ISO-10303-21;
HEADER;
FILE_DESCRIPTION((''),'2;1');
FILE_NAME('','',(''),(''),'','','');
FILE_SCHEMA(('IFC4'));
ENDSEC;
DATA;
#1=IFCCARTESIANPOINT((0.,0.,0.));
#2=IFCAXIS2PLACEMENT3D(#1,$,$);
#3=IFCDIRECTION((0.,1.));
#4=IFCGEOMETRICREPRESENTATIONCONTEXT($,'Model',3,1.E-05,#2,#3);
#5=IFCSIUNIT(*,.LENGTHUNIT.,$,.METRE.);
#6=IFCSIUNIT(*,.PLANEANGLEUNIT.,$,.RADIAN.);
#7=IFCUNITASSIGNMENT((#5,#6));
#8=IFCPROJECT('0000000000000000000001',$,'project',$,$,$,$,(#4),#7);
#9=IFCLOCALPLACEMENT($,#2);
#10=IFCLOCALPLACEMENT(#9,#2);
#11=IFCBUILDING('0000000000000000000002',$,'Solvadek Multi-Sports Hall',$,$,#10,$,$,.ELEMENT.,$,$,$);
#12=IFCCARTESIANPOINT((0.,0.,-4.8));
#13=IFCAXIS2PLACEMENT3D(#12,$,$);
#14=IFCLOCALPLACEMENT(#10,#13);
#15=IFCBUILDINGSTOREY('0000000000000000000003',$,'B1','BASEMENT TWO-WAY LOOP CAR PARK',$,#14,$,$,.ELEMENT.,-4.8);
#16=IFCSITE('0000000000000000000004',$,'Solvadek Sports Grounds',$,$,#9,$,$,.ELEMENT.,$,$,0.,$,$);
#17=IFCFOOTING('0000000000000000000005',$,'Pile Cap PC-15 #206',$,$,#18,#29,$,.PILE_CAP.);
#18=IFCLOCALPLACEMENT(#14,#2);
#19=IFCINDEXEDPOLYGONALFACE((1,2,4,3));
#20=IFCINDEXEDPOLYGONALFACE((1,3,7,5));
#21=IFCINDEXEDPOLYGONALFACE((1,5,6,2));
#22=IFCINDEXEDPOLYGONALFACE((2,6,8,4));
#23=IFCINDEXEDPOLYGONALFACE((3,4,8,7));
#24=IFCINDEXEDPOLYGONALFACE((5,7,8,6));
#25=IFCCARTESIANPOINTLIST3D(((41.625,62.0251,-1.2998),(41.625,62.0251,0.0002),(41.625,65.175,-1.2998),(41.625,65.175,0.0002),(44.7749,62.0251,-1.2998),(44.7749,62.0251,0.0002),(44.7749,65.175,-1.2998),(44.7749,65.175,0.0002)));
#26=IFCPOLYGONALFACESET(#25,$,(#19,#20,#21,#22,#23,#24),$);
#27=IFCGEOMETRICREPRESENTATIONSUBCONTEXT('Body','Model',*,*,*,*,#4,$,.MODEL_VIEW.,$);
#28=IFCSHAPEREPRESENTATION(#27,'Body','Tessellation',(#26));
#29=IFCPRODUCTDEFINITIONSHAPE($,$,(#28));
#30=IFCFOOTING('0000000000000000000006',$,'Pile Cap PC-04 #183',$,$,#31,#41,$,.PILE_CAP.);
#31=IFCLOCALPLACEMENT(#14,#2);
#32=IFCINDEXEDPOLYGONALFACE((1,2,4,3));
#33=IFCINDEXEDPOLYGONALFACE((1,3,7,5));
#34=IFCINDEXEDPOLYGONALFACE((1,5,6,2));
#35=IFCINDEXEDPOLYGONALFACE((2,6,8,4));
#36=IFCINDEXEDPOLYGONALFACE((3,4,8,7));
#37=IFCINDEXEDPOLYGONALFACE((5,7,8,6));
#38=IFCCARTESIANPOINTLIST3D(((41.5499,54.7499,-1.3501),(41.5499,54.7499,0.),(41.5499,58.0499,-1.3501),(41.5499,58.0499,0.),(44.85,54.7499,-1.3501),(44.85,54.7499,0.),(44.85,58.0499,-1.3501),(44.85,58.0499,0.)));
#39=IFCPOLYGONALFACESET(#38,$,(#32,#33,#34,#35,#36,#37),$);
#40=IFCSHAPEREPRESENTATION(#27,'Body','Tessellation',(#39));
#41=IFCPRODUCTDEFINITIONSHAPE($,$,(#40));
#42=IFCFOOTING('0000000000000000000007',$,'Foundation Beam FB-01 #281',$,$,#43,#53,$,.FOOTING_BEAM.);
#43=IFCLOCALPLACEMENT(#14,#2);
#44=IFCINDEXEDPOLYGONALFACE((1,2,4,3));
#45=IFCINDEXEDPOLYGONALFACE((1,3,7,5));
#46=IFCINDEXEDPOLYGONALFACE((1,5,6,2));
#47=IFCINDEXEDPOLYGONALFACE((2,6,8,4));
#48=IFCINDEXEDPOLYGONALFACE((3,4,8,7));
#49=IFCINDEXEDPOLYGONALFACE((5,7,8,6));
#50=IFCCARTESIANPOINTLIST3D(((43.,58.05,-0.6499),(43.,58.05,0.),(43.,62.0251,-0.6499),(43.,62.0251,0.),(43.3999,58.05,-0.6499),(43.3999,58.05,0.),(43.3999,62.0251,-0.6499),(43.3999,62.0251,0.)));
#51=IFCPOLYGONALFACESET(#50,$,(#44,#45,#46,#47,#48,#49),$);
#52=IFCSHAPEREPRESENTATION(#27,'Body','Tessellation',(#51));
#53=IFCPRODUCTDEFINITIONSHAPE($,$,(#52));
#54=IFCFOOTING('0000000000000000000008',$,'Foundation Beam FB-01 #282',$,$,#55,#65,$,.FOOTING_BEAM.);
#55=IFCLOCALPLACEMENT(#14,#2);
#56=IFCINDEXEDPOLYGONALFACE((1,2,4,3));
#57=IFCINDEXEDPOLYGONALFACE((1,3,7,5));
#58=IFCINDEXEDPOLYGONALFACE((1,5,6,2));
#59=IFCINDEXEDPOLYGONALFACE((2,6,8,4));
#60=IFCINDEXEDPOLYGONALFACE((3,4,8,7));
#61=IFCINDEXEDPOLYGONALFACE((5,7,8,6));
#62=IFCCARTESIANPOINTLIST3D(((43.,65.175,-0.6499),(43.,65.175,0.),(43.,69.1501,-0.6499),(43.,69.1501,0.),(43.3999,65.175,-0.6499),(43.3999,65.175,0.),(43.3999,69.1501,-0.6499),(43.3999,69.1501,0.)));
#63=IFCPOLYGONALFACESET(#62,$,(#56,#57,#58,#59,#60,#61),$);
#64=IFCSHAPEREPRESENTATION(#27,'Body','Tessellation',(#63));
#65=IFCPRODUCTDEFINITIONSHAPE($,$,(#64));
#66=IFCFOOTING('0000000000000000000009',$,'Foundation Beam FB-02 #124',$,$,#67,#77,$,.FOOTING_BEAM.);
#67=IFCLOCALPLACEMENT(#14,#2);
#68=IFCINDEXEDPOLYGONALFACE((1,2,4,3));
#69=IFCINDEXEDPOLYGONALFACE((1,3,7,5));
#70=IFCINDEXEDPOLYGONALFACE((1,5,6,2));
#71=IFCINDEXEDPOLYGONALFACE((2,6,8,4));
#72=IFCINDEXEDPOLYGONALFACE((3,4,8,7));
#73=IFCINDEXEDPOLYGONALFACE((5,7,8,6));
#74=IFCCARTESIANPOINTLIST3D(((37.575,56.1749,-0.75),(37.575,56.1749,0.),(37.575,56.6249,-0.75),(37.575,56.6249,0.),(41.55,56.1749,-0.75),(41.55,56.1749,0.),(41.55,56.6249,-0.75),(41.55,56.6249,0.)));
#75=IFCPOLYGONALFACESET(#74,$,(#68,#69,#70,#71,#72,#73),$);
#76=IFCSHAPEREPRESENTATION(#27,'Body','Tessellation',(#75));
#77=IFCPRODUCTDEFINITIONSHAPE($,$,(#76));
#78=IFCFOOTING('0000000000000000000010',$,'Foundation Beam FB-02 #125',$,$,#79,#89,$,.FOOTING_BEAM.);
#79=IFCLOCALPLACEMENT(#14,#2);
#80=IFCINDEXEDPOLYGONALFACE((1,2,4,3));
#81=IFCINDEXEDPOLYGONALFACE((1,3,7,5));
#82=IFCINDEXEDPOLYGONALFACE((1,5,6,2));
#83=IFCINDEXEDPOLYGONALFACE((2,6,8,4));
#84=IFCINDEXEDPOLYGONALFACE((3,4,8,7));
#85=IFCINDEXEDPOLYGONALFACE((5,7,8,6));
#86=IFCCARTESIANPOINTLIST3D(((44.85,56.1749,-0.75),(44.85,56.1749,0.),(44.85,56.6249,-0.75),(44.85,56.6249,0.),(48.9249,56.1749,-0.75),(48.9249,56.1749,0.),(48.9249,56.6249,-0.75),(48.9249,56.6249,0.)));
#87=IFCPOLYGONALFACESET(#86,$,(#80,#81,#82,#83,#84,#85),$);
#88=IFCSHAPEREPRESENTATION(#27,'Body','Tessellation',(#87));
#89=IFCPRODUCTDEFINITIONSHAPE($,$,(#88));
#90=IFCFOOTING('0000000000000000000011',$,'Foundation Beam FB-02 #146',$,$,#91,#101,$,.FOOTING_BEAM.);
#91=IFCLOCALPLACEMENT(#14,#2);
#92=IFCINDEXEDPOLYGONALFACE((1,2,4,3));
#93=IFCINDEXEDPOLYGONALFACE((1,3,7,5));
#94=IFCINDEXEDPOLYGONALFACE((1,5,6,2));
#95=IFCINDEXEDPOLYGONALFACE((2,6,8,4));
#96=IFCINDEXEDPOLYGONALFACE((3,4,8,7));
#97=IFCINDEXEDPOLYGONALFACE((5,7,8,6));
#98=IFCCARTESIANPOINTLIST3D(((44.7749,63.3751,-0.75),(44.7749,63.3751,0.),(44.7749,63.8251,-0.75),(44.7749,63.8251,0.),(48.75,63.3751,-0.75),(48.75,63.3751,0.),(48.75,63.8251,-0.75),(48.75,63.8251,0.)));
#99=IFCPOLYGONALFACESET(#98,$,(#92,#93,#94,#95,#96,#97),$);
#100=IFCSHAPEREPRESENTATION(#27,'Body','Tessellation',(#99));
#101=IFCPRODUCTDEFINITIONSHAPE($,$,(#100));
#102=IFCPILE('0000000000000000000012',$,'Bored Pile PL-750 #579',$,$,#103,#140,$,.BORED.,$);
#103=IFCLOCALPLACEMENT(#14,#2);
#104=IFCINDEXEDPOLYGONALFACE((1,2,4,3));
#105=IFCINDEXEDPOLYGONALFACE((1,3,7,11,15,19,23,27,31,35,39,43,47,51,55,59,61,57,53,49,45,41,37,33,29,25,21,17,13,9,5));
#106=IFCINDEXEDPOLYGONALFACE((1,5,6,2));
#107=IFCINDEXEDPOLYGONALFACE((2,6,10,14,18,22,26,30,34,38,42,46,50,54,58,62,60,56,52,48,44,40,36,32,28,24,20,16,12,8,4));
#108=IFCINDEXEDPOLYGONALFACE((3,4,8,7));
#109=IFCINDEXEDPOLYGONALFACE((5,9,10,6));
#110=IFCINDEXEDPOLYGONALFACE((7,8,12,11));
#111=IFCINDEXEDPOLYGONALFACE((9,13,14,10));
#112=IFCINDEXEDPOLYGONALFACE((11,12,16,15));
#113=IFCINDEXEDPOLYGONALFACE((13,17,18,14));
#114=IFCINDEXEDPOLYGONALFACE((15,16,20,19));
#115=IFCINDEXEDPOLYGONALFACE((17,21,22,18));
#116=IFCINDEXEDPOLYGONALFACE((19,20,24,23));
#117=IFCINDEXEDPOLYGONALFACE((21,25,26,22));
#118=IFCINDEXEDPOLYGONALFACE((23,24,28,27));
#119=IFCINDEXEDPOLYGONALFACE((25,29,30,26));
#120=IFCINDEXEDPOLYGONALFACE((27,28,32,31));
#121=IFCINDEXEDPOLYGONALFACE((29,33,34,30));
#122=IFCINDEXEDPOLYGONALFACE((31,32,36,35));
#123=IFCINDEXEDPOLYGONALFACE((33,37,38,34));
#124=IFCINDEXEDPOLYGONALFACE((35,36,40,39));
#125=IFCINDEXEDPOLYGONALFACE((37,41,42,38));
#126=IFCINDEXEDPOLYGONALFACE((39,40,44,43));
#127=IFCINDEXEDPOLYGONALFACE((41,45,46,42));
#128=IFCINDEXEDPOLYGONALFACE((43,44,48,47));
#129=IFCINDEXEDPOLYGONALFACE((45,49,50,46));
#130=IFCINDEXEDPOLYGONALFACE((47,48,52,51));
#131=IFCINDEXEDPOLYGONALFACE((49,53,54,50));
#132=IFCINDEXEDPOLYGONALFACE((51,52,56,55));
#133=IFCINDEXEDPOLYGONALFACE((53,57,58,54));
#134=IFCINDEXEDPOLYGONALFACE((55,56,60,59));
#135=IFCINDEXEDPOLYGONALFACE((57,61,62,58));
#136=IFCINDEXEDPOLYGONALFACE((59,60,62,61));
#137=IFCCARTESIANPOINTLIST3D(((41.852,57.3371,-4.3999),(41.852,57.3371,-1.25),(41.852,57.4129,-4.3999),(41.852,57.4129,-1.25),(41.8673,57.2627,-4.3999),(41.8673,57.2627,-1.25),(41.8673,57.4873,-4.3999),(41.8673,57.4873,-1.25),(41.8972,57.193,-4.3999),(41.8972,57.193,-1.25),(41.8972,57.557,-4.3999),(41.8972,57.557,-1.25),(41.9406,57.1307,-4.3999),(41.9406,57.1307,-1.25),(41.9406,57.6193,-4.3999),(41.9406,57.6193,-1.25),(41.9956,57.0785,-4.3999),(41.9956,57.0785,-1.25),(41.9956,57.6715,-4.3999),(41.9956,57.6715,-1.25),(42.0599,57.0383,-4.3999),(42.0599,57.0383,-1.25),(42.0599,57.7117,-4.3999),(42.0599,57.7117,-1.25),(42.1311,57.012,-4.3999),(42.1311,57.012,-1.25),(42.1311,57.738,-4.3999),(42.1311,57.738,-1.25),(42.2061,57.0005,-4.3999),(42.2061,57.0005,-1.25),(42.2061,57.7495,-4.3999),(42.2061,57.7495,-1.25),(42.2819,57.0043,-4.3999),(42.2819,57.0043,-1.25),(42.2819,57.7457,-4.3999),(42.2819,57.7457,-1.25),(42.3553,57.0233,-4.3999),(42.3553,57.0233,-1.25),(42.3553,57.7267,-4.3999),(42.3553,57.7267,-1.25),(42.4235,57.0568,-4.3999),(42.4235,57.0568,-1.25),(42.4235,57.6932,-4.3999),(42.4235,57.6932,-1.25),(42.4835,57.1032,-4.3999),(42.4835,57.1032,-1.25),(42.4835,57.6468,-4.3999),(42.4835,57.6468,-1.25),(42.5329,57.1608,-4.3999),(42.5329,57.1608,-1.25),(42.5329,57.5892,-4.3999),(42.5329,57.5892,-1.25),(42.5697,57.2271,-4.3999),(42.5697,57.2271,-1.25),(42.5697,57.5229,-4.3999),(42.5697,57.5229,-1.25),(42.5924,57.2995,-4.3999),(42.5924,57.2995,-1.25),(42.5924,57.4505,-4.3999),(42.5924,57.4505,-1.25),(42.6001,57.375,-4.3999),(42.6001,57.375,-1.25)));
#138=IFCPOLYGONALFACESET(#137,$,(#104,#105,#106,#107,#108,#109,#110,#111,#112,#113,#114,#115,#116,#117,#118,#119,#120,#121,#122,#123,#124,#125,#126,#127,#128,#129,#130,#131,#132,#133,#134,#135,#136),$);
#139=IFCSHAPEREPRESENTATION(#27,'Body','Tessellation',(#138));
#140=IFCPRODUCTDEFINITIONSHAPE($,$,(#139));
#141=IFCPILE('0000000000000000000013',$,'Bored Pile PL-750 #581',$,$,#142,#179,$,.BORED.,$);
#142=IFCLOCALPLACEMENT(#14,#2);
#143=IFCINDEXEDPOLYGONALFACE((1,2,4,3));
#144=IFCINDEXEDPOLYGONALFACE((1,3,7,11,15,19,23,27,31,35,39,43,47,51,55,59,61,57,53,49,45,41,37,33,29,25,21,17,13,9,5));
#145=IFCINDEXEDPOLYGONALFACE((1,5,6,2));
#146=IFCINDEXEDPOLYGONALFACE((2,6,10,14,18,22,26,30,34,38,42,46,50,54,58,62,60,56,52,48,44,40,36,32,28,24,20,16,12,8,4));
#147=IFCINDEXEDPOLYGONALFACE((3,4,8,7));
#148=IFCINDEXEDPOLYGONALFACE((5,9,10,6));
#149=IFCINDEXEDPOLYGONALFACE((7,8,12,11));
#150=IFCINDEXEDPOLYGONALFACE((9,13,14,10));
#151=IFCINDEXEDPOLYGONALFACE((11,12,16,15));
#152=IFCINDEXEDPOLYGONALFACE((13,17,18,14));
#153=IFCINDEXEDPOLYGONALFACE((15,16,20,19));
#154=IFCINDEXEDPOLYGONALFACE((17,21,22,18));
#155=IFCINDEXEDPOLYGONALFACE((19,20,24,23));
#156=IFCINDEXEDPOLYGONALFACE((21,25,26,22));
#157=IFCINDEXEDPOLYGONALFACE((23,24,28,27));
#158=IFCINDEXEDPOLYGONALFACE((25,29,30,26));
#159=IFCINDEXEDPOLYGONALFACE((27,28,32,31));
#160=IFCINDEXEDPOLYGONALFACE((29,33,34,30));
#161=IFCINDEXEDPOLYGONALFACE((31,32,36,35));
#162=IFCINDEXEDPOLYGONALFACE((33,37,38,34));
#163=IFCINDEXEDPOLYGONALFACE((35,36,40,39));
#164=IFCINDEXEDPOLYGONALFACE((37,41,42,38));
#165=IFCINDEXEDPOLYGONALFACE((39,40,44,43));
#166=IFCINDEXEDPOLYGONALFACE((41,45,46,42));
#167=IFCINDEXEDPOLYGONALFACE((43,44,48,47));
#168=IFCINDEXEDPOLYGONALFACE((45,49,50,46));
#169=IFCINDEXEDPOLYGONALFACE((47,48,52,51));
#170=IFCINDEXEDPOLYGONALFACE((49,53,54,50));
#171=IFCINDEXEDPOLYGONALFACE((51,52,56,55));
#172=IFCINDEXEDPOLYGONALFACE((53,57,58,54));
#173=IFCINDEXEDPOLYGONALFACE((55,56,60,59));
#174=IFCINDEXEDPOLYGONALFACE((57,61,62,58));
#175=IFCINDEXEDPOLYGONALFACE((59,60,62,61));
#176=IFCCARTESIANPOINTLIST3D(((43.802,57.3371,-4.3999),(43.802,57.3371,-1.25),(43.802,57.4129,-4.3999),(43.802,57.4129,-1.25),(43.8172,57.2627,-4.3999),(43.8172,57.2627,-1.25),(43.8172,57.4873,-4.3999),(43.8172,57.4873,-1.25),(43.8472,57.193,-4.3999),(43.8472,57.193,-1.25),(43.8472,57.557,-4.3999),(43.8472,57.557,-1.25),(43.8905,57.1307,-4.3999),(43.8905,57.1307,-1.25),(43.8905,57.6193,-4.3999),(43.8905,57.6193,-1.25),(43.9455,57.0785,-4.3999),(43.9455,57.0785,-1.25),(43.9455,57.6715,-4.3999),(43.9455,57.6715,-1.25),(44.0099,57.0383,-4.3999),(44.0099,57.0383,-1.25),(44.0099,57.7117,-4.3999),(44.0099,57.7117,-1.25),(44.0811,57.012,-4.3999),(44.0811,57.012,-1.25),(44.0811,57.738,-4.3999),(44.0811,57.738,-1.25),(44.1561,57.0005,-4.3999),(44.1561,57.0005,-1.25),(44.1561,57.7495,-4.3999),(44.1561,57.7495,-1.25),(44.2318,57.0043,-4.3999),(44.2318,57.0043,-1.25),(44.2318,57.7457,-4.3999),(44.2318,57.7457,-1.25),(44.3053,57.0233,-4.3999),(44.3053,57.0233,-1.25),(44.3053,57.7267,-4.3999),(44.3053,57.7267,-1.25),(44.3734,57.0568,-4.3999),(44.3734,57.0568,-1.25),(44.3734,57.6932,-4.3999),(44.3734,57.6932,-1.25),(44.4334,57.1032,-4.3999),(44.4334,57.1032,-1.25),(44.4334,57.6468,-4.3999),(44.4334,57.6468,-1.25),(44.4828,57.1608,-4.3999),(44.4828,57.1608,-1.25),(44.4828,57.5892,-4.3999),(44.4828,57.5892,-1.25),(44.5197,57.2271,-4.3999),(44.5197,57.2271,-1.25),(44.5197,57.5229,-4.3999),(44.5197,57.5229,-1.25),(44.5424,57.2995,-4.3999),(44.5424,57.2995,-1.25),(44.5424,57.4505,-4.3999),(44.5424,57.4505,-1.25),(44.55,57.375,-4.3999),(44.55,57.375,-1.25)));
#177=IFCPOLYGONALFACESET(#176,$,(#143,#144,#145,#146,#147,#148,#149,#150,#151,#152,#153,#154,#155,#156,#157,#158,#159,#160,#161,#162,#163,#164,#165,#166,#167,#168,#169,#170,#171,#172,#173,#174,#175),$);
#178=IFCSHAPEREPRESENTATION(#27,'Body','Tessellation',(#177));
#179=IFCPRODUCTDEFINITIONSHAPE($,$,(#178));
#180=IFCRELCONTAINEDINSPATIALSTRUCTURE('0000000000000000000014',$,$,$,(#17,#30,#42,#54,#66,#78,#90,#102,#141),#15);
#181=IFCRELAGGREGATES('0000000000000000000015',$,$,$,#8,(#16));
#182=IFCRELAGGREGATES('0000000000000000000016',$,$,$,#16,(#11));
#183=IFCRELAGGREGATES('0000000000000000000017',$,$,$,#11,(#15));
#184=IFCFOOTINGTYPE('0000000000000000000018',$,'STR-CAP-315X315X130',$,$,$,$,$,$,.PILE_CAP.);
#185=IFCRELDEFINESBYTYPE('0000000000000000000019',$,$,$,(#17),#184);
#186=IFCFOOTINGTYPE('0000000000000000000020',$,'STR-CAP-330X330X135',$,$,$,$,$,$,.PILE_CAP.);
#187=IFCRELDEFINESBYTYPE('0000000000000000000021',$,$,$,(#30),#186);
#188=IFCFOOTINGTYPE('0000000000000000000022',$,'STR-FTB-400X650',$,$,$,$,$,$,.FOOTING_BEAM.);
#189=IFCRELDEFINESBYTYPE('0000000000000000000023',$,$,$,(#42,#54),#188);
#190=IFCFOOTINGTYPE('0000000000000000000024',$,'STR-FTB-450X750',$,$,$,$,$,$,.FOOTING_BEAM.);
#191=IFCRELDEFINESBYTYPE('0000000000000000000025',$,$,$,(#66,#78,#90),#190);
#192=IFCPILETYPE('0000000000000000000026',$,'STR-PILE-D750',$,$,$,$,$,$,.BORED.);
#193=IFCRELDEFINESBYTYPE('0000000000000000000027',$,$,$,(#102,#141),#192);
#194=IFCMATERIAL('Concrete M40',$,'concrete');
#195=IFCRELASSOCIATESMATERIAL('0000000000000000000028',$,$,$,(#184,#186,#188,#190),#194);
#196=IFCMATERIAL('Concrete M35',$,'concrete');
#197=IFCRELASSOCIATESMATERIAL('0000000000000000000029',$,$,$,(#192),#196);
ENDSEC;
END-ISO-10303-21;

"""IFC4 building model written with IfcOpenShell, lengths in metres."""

from ifc_helpers import new_model, si_unit, direction, frame, origin, origin_2d, place, context, subcontext, project, spatial, rectangle, circle, extrude, material, material_profile, profile_set, type_object, element, save


model = new_model("IFC4")

# Units and contexts
model_context = context("Model", 3, precision=1e-05, world=origin(), true_north=direction((0.0, 1.0)))
body_context = subcontext(model_context, "Body", "Model", "MODEL_VIEW")
ifc_project = project(units=[si_unit("LENGTHUNIT", "METRE"), si_unit("PLANEANGLEUNIT", "RADIAN")], contexts=[model_context])

# Site, building, storey
site_placement = place(None, origin())
site = spatial("IfcSite", under=ifc_project, at=site_placement, Name="Solvadek Sports Grounds", CompositionType="ELEMENT", RefElevation=0.0)
building_placement = place(site_placement, origin())
building = spatial("IfcBuilding", under=site, at=building_placement, Name="Solvadek Multi-Sports Hall", CompositionType="ELEMENT")
storey_placement = place(building_placement, frame((0.0, 0.0, -4.8)))
storey = spatial("IfcBuildingStorey", under=building, at=storey_placement, Name="B1", Description="BASEMENT TWO-WAY LOOP CAR PARK", CompositionType="ELEMENT", Elevation=-4.8)

# Footings
ifc_material_1 = material(Name="Concrete M40", Category="concrete")
footing_type_1 = type_object("IfcFootingType", Name="STR-CAP-315X315X130", PredefinedType="PILE_CAP", material=ifc_material_1)
footing_1_placement = place(storey_placement, frame((43.2, 63.6001, -1.2998), z_axis=(0.0, 0.0, 1.0), x_axis=(1.0, 0.0, 0.0)))
element("IfcFooting", 1, at=footing_1_placement, inside=storey, type_object=footing_type_1, Name="Pile Cap PC-15 #206", PredefinedType="PILE_CAP", context=body_context, shape_type="SweptSolid", body=[
    extrude(rectangle(XDim=3.1499, YDim=3.1499, at=origin_2d()), origin(), (0.0, 0.0, 1.0), 1.3),
])
footing_type_2 = type_object("IfcFootingType", Name="STR-CAP-330X330X135", PredefinedType="PILE_CAP", material=ifc_material_1)
footing_2_placement = place(storey_placement, frame((43.2, 56.3999, -1.3501), z_axis=(0.0, 0.0, 1.0), x_axis=(1.0, 0.0, 0.0)))
element("IfcFooting", 2, at=footing_2_placement, inside=storey, type_object=footing_type_2, Name="Pile Cap PC-04 #183", PredefinedType="PILE_CAP", context=body_context, shape_type="SweptSolid", body=[
    extrude(rectangle(XDim=3.3, YDim=3.3, at=origin_2d()), origin(), (0.0, 0.0, 1.0), 1.3501),
])
footing_type_3 = type_object("IfcFootingType", Name="STR-FTB-400X650", PredefinedType="FOOTING_BEAM", material=ifc_material_1)
for number, where, z_axis, x_axis, name in (
    (3, (43.2, 60.0376, -0.6499), (0.0, 0.0, 1.0), (0.0, 1.0, 0.0), "Foundation Beam FB-01 #281"),
    (4, (43.2, 67.1626, -0.6499), (0.0, 0.0, 1.0), (0.0, 1.0, 0.0), "Foundation Beam FB-01 #282"),
):
    element("IfcFooting", number, at=place(storey_placement, frame(where, z_axis=z_axis, x_axis=x_axis)), inside=storey, type_object=footing_type_3, Name=name, PredefinedType="FOOTING_BEAM", context=body_context, shape_type="SweptSolid", body=[
        extrude(rectangle(XDim=3.9751, YDim=0.3999, at=origin_2d()), origin(), (0.0, 0.0, 1.0), 0.6499),
    ])
footing_type_4 = type_object("IfcFootingType", Name="STR-FTB-450X750", PredefinedType="FOOTING_BEAM", material=ifc_material_1)
footing_3_placement = place(storey_placement, frame((39.5625, 56.3999, -0.75), z_axis=(0.0, 0.0, 1.0), x_axis=(1.0, 0.0, 0.0)))
element("IfcFooting", 5, at=footing_3_placement, inside=storey, type_object=footing_type_4, Name="Foundation Beam FB-02 #124", PredefinedType="FOOTING_BEAM", context=body_context, shape_type="SweptSolid", body=[
    extrude(rectangle(XDim=3.9751, YDim=0.45, at=origin_2d()), origin(), (0.0, 0.0, 1.0), 0.75),
])
footing_4_placement = place(storey_placement, frame((46.8875, 56.3999, -0.75), z_axis=(0.0, 0.0, 1.0), x_axis=(1.0, 0.0, 0.0)))
element("IfcFooting", 6, at=footing_4_placement, inside=storey, type_object=footing_type_4, Name="Foundation Beam FB-02 #125", PredefinedType="FOOTING_BEAM", context=body_context, shape_type="SweptSolid", body=[
    extrude(rectangle(XDim=4.075, YDim=0.45, at=origin_2d()), origin(), (0.0, 0.0, 1.0), 0.75),
])
footing_5_placement = place(storey_placement, frame((46.7625, 63.6001, -0.75), z_axis=(0.0, 0.0, 1.0), x_axis=(1.0, 0.0, 0.0)))
element("IfcFooting", 7, at=footing_5_placement, inside=storey, type_object=footing_type_4, Name="Foundation Beam FB-02 #146", PredefinedType="FOOTING_BEAM", context=body_context, shape_type="SweptSolid", body=[
    extrude(rectangle(XDim=3.9751, YDim=0.45, at=origin_2d()), origin(), (0.0, 0.0, 1.0), 0.75),
])

# Piles
ifc_material_2 = material(Name="Concrete M35", Category="concrete")
ifc_material_profile_1 = material_profile(ifc_material_2, circle(Radius=0.375, at=origin_2d()), Name="BORED PILE D750")
ifc_profile_set_1 = profile_set([ifc_material_profile_1], Name="Concrete M35")
pile_type = type_object("IfcPileType", Name="STR-PILE-D750", PredefinedType="BORED", material=ifc_profile_set_1)
for number, where, z_axis, x_axis, name in (
    (8, (42.2251, 57.375, -1.25), (0.0, 0.0, -1.0), (1.0, 0.0, 0.0), "Bored Pile PL-750 #579"),
    (9, (44.175, 57.375, -1.25), (0.0, 0.0, -1.0), (1.0, 0.0, 0.0), "Bored Pile PL-750 #581"),
):
    element("IfcPile", number, at=place(storey_placement, frame(where, z_axis=z_axis, x_axis=x_axis)), inside=storey, type_object=pile_type, Name=name, PredefinedType="BORED", context=body_context, shape_type="SweptSolid", body=[
        extrude(circle(Radius=0.375, at=origin_2d()), origin(), (0.0, 0.0, 1.0), 3.1499),
    ])

save(model, "model.ifc")
